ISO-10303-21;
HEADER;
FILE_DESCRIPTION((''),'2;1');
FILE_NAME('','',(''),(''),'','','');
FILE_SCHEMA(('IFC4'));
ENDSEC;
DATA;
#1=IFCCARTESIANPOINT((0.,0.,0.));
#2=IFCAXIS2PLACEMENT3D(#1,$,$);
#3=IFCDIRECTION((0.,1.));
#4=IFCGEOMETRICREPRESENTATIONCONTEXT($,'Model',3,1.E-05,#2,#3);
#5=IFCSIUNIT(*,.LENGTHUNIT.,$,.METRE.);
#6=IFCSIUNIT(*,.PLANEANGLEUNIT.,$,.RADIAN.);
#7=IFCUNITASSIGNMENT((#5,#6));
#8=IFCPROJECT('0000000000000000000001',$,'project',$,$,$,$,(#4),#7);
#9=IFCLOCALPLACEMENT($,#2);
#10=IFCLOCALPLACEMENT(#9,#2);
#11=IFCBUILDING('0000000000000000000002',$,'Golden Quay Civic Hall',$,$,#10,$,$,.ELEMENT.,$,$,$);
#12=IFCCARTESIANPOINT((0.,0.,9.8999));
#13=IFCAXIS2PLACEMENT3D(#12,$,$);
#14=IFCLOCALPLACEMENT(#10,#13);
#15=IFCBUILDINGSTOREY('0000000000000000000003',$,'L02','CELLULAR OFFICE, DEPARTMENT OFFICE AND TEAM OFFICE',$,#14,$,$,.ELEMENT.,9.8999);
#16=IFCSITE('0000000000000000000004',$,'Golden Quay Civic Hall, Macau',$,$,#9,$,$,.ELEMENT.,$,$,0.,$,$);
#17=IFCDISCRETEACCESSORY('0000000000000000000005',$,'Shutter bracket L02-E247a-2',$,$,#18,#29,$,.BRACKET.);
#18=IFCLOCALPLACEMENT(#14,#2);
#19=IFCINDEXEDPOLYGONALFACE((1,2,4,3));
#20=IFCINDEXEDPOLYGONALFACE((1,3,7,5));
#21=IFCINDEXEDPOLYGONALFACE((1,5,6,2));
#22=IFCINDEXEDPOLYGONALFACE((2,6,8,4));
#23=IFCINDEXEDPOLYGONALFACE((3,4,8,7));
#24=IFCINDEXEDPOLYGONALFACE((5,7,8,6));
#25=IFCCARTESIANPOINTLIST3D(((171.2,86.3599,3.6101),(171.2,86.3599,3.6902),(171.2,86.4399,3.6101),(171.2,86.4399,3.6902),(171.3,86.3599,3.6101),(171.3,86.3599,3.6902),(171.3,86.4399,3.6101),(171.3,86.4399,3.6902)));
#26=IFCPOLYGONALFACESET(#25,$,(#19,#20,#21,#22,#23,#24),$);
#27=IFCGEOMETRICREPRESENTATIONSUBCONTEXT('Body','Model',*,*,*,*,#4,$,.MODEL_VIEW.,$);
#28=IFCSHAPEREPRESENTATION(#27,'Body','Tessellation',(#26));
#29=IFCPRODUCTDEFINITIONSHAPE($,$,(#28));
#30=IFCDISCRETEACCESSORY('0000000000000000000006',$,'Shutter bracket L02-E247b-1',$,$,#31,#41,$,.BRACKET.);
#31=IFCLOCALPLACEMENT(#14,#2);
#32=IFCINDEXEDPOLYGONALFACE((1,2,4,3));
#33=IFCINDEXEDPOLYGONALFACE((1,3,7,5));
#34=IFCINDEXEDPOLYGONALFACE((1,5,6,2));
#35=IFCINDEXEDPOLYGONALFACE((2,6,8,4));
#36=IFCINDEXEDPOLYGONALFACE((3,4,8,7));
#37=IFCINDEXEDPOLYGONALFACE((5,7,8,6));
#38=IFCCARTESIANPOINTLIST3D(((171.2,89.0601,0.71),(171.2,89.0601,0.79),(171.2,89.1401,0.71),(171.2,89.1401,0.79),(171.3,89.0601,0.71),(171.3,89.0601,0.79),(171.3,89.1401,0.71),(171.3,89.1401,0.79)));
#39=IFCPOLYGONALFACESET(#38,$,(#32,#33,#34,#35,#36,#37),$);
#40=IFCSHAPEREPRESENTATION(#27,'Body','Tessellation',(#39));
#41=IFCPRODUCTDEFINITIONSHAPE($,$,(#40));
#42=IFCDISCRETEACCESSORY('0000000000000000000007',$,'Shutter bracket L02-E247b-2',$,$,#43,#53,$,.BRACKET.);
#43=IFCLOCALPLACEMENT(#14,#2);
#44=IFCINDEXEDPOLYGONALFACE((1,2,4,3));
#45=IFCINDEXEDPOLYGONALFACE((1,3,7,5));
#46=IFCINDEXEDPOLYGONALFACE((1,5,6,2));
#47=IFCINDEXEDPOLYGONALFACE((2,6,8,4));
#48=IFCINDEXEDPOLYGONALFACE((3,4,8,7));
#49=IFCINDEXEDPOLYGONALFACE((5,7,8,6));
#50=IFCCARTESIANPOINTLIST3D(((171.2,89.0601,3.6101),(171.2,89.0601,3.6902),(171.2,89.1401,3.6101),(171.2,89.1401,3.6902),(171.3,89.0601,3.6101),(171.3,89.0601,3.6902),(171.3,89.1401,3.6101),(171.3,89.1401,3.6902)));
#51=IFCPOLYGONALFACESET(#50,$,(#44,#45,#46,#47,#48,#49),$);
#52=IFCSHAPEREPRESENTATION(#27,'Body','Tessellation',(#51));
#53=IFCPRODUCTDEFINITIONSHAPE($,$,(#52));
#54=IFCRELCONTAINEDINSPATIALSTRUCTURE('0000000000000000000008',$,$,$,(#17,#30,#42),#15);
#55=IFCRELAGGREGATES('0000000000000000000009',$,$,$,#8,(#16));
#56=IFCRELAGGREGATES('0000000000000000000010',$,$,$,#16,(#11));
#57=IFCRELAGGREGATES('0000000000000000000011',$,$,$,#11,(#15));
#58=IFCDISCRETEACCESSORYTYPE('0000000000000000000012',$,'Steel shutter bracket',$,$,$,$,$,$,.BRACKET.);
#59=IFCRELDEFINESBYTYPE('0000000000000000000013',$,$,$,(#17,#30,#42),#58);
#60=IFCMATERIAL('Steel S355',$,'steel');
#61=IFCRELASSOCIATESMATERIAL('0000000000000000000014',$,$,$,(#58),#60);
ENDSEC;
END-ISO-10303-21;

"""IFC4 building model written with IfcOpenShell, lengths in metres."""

from ifc_helpers import new_model, si_unit, direction, frame, origin, origin_2d, place, context, subcontext, project, spatial, rectangle, extrude, material, type_object, element, save


model = new_model("IFC4")

# Units and contexts
model_context = context("Model", 3, precision=1e-05, world=origin(), true_north=direction((0.0, 1.0)))
body_context = subcontext(model_context, "Body", "Model", "MODEL_VIEW")
ifc_project = project(units=[si_unit("LENGTHUNIT", "METRE"), si_unit("PLANEANGLEUNIT", "RADIAN")], contexts=[model_context])

# Site, building, storey
site_placement = place(None, origin())
site = spatial("IfcSite", under=ifc_project, at=site_placement, Name="Golden Quay Civic Hall, Macau", CompositionType="ELEMENT", RefElevation=0.0)
building_placement = place(site_placement, origin())
building = spatial("IfcBuilding", under=site, at=building_placement, Name="Golden Quay Civic Hall", CompositionType="ELEMENT")
storey_placement = place(building_placement, frame((0.0, 0.0, 9.8999)))
storey = spatial("IfcBuildingStorey", under=building, at=storey_placement, Name="L02", Description="CELLULAR OFFICE, DEPARTMENT OFFICE AND TEAM OFFICE", CompositionType="ELEMENT", Elevation=9.8999)

# Discrete accessories
ifc_material_1 = material(Name="Steel S355", Category="steel")
discrete_accessory_type = type_object("IfcDiscreteAccessoryType", Name="Steel shutter bracket", PredefinedType="BRACKET", material=ifc_material_1)
for number, where, z_axis, x_axis, name in (
    (1, (171.25, 86.3999, 3.6101), (0.0, 0.0, 1.0), (1.0, 0.0, 0.0), "Shutter bracket L02-E247a-2"),
    (2, (171.25, 89.1001, 0.71), (0.0, 0.0, 1.0), (1.0, 0.0, 0.0), "Shutter bracket L02-E247b-1"),
    (3, (171.25, 89.1001, 3.6101), (0.0, 0.0, 1.0), (1.0, 0.0, 0.0), "Shutter bracket L02-E247b-2"),
):
    element("IfcDiscreteAccessory", number, at=place(storey_placement, frame(where, z_axis=z_axis, x_axis=x_axis)), inside=storey, type_object=discrete_accessory_type, Name=name, PredefinedType="BRACKET", context=body_context, shape_type="SweptSolid", body=[
        extrude(rectangle(XDim=0.1001, YDim=0.0801, at=origin_2d()), origin(), (0.0, 0.0, 1.0), 0.0801),
    ])

save(model, "model.ifc")
